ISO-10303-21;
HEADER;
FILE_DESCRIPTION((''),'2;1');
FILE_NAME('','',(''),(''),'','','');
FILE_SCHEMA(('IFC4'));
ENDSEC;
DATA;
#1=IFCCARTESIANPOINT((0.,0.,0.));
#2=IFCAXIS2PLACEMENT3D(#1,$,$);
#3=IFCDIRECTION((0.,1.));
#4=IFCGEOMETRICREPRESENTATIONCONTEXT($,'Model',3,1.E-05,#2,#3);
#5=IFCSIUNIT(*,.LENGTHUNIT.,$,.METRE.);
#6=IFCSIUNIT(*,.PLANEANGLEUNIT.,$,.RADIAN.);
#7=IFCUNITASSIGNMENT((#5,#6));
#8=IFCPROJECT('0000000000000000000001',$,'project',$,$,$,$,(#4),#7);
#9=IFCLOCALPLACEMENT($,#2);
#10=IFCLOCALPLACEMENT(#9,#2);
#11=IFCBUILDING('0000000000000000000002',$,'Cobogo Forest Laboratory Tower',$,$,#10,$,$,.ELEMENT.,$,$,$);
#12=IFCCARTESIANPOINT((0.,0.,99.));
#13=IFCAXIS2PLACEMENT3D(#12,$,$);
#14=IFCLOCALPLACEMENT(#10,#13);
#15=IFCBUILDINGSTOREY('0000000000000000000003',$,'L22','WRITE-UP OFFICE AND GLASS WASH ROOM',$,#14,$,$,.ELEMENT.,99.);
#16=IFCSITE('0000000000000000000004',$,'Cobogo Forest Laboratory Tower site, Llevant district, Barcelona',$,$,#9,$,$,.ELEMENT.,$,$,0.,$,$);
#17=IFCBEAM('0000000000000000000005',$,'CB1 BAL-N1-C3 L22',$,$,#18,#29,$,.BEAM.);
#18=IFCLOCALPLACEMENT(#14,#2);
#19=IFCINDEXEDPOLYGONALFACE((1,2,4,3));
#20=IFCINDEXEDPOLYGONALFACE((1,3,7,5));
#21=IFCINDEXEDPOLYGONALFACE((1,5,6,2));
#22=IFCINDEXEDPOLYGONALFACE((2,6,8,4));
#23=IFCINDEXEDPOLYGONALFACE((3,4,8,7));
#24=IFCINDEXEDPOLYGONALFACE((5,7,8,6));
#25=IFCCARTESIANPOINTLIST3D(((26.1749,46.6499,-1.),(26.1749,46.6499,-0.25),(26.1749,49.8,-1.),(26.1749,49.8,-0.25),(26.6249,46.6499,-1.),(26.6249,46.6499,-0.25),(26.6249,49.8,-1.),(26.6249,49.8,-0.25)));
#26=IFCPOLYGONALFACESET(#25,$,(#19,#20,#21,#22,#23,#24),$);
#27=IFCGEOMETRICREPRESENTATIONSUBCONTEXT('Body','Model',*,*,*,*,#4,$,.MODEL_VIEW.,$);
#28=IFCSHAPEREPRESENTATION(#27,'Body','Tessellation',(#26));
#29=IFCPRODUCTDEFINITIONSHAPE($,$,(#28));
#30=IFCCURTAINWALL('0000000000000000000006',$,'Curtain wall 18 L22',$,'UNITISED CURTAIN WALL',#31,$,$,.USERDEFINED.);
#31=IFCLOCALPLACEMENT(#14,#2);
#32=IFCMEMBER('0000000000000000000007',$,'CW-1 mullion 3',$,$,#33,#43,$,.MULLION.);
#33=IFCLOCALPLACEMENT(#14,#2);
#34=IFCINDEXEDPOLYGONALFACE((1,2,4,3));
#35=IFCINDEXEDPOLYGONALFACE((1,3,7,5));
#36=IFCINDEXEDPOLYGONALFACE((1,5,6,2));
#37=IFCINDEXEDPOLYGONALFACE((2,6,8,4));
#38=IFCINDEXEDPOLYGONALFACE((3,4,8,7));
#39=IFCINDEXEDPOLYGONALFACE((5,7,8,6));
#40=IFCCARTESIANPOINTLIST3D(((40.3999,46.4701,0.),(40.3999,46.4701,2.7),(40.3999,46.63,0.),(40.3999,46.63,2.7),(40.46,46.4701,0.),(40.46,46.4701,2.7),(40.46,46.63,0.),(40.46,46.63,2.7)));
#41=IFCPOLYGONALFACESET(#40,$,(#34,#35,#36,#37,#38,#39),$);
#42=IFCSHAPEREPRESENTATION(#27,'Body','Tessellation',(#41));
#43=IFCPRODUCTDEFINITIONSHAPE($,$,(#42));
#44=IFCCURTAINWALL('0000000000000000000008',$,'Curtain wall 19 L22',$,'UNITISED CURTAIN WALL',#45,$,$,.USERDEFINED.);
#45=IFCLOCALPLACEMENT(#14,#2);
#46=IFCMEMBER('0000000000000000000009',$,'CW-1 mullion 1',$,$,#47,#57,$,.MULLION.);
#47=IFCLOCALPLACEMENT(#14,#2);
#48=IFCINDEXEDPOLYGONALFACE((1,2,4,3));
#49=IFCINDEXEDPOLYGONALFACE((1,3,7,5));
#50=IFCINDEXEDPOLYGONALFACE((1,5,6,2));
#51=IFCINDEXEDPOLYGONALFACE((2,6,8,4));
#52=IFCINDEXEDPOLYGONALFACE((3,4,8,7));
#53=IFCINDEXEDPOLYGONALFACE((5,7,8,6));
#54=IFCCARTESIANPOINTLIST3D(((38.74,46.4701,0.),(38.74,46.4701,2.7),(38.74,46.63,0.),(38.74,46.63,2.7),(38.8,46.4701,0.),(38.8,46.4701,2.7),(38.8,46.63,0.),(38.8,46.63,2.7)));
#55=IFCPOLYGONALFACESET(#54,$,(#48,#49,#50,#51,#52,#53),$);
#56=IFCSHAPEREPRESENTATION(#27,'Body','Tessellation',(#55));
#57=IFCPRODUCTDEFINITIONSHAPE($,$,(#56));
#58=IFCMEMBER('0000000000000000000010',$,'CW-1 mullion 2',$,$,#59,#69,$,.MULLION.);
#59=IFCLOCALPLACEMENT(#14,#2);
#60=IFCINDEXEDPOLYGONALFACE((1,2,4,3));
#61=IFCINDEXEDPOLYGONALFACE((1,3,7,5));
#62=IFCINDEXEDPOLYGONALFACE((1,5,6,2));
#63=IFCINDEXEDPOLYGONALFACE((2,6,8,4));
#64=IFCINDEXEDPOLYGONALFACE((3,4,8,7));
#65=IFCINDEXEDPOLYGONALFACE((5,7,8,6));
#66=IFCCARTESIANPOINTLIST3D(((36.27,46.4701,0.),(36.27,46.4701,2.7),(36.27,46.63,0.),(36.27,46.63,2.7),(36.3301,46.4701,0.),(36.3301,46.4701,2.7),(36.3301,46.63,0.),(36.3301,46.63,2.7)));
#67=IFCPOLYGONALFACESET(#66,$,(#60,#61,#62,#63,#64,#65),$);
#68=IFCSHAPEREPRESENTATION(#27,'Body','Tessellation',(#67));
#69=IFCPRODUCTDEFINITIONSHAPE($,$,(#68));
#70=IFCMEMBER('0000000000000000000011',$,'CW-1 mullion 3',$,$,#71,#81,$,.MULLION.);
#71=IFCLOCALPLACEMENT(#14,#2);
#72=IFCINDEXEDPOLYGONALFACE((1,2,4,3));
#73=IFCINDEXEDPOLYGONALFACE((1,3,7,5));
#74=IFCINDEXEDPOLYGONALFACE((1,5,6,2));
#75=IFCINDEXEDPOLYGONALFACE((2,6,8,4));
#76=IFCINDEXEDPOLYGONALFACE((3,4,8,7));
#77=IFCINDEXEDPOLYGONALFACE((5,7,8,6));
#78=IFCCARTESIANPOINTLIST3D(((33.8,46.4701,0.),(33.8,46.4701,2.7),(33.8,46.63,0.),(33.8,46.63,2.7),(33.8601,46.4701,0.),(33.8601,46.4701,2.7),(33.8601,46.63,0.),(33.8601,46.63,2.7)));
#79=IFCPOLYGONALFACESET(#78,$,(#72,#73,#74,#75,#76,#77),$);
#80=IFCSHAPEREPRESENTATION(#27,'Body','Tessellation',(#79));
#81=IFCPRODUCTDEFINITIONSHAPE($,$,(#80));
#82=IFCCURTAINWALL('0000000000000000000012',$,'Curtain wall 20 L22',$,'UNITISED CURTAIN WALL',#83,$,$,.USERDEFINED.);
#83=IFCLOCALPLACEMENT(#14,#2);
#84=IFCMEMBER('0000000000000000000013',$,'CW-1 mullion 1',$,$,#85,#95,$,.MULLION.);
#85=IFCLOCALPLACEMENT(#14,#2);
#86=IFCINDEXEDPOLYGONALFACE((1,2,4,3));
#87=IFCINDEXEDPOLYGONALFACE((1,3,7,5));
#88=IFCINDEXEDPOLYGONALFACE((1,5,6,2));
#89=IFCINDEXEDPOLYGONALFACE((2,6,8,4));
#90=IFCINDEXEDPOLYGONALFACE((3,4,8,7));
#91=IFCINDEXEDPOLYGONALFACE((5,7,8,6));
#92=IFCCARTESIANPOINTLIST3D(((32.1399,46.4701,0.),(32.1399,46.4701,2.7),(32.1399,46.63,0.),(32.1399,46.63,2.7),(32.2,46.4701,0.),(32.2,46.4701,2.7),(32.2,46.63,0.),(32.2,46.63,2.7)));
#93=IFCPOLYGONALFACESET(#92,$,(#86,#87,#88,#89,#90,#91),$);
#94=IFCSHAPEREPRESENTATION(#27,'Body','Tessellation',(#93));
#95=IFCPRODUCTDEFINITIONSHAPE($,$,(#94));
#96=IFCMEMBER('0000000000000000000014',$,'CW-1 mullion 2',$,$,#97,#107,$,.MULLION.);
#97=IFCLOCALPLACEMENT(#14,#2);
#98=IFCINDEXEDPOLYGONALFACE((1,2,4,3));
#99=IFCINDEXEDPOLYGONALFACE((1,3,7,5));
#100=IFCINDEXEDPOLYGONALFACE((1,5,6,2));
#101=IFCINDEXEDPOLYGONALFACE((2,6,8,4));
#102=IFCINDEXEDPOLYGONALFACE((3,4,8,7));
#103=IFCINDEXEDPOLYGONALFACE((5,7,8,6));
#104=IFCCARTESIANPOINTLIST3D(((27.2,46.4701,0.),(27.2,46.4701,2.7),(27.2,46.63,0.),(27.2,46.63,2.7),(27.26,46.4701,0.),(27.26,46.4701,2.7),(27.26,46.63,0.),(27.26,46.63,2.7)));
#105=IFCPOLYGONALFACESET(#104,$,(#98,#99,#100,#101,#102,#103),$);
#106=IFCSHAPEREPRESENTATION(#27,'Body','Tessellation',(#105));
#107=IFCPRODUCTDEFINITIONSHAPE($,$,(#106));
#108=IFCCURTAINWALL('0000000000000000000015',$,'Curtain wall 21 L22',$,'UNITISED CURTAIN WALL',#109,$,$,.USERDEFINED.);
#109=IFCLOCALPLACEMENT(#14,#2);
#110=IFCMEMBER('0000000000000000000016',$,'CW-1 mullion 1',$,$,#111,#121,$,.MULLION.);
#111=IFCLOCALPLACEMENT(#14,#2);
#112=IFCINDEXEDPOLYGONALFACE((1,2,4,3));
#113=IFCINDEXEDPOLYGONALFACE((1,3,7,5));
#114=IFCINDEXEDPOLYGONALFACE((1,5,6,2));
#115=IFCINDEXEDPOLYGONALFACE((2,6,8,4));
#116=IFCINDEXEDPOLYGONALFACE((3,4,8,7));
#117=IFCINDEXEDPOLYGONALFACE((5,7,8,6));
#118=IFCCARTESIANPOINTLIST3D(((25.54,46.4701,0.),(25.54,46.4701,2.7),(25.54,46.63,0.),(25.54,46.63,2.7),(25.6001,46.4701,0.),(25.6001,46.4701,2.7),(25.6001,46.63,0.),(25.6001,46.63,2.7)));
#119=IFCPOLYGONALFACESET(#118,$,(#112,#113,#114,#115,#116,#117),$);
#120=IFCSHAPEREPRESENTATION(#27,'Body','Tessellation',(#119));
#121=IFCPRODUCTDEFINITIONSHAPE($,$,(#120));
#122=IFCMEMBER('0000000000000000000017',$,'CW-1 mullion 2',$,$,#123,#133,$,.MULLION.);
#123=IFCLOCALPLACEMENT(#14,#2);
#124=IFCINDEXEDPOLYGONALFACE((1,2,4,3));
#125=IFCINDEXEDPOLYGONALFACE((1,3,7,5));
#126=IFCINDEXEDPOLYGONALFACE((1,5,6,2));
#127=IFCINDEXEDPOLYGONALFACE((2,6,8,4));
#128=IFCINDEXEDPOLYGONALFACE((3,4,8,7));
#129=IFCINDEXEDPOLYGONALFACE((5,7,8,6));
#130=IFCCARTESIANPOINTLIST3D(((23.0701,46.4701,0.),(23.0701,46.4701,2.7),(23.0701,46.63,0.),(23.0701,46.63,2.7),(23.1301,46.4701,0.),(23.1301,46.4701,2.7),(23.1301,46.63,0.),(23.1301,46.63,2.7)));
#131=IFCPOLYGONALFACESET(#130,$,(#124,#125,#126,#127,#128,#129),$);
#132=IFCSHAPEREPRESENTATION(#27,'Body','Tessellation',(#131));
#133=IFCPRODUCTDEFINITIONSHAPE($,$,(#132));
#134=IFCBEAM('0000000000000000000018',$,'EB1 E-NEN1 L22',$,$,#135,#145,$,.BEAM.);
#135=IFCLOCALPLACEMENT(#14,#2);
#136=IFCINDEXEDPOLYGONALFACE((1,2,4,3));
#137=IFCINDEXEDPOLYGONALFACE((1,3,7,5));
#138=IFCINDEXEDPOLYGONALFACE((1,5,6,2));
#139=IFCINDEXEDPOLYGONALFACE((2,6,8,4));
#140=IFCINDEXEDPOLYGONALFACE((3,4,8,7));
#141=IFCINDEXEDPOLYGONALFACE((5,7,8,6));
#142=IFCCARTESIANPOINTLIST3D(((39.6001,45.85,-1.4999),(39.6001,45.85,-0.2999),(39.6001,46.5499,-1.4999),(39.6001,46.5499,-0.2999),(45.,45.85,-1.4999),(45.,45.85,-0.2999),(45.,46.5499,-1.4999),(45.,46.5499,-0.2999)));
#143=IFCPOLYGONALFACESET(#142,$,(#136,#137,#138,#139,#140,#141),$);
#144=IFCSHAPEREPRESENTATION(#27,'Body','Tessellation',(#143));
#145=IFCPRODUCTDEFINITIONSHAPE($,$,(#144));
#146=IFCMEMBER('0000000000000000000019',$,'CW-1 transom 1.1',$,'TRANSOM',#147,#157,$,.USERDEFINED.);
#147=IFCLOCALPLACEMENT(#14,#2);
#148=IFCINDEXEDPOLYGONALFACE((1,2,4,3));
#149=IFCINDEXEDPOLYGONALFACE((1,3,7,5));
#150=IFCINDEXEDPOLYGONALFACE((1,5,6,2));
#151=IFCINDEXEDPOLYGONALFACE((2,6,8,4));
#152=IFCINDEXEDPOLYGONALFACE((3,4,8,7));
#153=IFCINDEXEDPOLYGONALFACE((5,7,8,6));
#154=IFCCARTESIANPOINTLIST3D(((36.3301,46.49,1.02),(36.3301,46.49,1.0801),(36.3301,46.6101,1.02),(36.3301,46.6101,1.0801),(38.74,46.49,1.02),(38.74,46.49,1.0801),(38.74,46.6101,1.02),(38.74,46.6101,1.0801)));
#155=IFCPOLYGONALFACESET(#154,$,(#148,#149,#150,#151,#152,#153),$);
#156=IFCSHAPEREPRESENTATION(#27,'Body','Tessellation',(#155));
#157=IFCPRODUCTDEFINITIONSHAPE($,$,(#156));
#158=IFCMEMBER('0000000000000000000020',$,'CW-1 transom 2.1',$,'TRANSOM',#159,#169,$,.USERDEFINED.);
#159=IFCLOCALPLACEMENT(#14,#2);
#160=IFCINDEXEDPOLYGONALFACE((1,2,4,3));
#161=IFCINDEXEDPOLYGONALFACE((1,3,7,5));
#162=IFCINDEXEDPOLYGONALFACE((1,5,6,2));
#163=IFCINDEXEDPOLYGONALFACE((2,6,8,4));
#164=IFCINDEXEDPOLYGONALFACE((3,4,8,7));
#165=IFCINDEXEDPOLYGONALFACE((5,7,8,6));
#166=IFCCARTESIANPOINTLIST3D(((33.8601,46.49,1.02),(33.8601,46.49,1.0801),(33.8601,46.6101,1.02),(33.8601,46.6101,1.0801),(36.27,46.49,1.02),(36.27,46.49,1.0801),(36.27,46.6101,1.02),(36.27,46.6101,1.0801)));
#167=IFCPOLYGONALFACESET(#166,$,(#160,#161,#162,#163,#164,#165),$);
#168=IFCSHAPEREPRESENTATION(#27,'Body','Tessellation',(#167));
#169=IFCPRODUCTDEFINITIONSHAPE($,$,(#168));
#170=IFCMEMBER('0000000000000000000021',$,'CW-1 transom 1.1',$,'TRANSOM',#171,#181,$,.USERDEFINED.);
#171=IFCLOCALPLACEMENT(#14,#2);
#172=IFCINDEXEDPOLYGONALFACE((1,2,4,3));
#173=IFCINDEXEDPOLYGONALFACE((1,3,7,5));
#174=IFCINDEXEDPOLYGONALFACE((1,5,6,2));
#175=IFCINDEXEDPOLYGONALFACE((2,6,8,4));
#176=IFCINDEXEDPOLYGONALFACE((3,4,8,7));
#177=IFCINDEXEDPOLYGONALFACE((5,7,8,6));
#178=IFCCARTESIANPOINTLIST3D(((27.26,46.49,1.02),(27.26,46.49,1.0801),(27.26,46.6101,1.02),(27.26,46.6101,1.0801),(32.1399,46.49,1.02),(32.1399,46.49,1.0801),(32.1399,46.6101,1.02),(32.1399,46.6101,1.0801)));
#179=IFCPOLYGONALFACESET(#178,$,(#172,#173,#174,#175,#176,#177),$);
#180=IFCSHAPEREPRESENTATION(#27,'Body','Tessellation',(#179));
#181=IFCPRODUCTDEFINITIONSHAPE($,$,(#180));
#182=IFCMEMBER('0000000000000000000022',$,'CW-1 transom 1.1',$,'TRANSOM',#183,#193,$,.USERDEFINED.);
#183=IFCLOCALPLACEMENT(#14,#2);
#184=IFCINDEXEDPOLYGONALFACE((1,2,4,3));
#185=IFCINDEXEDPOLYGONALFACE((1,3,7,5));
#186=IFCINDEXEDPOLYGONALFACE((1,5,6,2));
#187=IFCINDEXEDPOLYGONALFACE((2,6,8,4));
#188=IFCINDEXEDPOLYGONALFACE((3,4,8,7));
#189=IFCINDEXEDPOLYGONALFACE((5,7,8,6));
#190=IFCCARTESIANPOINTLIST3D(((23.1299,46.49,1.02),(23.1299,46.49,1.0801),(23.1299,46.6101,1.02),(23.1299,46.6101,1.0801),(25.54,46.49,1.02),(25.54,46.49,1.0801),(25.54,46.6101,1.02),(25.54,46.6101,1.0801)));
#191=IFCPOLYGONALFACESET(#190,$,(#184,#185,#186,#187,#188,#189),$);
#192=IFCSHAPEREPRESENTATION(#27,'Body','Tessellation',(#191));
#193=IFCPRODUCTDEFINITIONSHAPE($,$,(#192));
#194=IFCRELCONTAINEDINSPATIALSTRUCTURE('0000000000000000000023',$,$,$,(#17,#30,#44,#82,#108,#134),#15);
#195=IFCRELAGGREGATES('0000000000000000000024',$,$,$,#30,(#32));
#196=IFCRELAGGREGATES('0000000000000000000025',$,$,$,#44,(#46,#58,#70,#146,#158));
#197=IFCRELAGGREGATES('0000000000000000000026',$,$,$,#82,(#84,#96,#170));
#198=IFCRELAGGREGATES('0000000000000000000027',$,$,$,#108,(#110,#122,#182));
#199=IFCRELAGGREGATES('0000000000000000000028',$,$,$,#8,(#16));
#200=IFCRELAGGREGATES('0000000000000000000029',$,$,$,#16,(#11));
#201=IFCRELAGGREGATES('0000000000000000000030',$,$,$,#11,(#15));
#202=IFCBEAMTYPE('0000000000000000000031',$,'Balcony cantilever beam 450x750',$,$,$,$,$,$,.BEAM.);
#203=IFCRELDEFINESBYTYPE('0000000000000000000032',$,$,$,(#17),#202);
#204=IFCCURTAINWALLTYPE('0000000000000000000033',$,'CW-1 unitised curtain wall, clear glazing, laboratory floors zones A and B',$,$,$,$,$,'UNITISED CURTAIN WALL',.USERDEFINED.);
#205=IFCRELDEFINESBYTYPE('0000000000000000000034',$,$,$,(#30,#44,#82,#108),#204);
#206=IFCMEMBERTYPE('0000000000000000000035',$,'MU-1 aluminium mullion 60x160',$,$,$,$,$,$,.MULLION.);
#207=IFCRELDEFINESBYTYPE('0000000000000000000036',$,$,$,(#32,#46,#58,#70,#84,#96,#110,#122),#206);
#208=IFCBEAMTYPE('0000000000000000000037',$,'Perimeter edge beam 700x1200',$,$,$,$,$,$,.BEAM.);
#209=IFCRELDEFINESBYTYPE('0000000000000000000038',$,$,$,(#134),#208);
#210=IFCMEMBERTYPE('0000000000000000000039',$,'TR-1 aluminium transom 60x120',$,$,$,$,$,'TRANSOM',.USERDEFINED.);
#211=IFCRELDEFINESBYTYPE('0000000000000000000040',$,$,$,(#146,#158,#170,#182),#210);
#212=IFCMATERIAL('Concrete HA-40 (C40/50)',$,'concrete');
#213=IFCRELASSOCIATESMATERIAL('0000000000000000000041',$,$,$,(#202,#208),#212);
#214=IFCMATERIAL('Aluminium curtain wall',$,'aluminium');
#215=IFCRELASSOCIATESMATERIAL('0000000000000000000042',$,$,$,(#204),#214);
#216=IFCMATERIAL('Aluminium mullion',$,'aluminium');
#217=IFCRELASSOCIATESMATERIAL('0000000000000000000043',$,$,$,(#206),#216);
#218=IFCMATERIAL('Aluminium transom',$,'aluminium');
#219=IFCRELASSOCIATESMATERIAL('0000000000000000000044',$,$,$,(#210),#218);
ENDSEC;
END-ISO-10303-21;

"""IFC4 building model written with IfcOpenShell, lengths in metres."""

from ifc_helpers import new_model, si_unit, direction, frame, origin, origin_2d, place, context, subcontext, project, spatial, rectangle, extrude, material, material_profile, profile_set, type_object, element, aggregate, save


model = new_model("IFC4")

# Units and contexts
model_context = context("Model", 3, precision=1e-05, world=origin(), true_north=direction((0.0, 1.0)))
body_context = subcontext(model_context, "Body", "Model", "MODEL_VIEW")
ifc_project = project(units=[si_unit("LENGTHUNIT", "METRE"), si_unit("PLANEANGLEUNIT", "RADIAN")], contexts=[model_context])

# Site, building, storey
site_placement = place(None, origin())
site = spatial("IfcSite", under=ifc_project, at=site_placement, Name="Cobogo Forest Laboratory Tower site, Llevant district, Barcelona", CompositionType="ELEMENT", RefElevation=0.0)
building_placement = place(site_placement, origin())
building = spatial("IfcBuilding", under=site, at=building_placement, Name="Cobogo Forest Laboratory Tower", CompositionType="ELEMENT")
storey_placement = place(building_placement, frame((0.0, 0.0, 99.0)))
storey = spatial("IfcBuildingStorey", under=building, at=storey_placement, Name="L22", Description="WRITE-UP OFFICE AND GLASS WASH ROOM", CompositionType="ELEMENT", Elevation=99.0)

# Beam
ifc_material_1 = material(Name="Concrete HA-40 (C40/50)", Category="concrete")
ifc_material_profile_1 = material_profile(ifc_material_1, rectangle(XDim=0.45, YDim=0.75, at=origin_2d()), Name="RC 450x750")
ifc_profile_set_1 = profile_set([ifc_material_profile_1], Name="Concrete HA-40 (C40/50)")
beam_type_1 = type_object("IfcBeamType", Name="Balcony cantilever beam 450x750", PredefinedType="BEAM", material=ifc_profile_set_1)
beam_1_placement = place(storey_placement, frame((26.3999, 46.6499, -0.625), z_axis=(0.0, 1.0, 0.0), x_axis=(-1.0, 0.0, 0.0)))
element("IfcBeam", 1, at=beam_1_placement, inside=storey, type_object=beam_type_1, Name="CB1 BAL-N1-C3 L22", PredefinedType="BEAM", context=body_context, shape_type="SweptSolid", body=[
    extrude(rectangle(XDim=0.45, YDim=0.75, at=origin_2d()), origin(), (0.0, 0.0, 1.0), 3.1501),
])

# Curtain wall, member
ifc_material_2 = material(Name="Aluminium curtain wall", Category="aluminium")
curtain_wall_type = type_object("IfcCurtainWallType", Name="CW-1 unitised curtain wall, clear glazing, laboratory floors zones A and B", ElementType="UNITISED CURTAIN WALL", PredefinedType="USERDEFINED", material=ifc_material_2)
curtain_wall_1_placement = place(storey_placement, origin())
curtain_wall_1 = element("IfcCurtainWall", 2, at=curtain_wall_1_placement, inside=storey, type_object=curtain_wall_type, Name="Curtain wall 18 L22", ObjectType="UNITISED CURTAIN WALL", PredefinedType="USERDEFINED")
ifc_material_3 = material(Name="Aluminium mullion", Category="aluminium")
ifc_material_profile_2 = material_profile(ifc_material_3, rectangle(XDim=0.0601, YDim=0.1599, at=origin_2d()), Name="AL 60x160")
ifc_profile_set_2 = profile_set([ifc_material_profile_2], Name="Aluminium mullion")
member_type_1 = type_object("IfcMemberType", Name="MU-1 aluminium mullion 60x160", PredefinedType="MULLION", material=ifc_profile_set_2)
member_1_placement = place(storey_placement, frame((40.4299, 46.55, 0.0), z_axis=(0.0, 0.0, 1.0), x_axis=(-1.0, 0.0, 0.0)))
member_1 = element("IfcMember", 3, at=member_1_placement, type_object=member_type_1, Name="CW-1 mullion 3", PredefinedType="MULLION", context=body_context, shape_type="SweptSolid", body=[
    extrude(rectangle(XDim=0.0601, YDim=0.1599, at=origin_2d()), origin(), (0.0, 0.0, 1.0), 2.7),
])

# Curtain walls, members
curtain_wall_2_placement = place(storey_placement, origin())
curtain_wall_2 = element("IfcCurtainWall", 4, at=curtain_wall_2_placement, inside=storey, type_object=curtain_wall_type, Name="Curtain wall 19 L22", ObjectType="UNITISED CURTAIN WALL", PredefinedType="USERDEFINED")
member_2_placement = place(storey_placement, frame((38.77, 46.55, 0.0), z_axis=(0.0, 0.0, 1.0), x_axis=(-1.0, 0.0, 0.0)))
member_2 = element("IfcMember", 5, at=member_2_placement, type_object=member_type_1, Name="CW-1 mullion 1", PredefinedType="MULLION", context=body_context, shape_type="SweptSolid", body=[
    extrude(rectangle(XDim=0.0601, YDim=0.1599, at=origin_2d()), origin(), (0.0, 0.0, 1.0), 2.7),
])
member_3_placement = place(storey_placement, frame((36.3, 46.55, 0.0), z_axis=(0.0, 0.0, 1.0), x_axis=(-1.0, 0.0, 0.0)))
member_3 = element("IfcMember", 6, at=member_3_placement, type_object=member_type_1, Name="CW-1 mullion 2", PredefinedType="MULLION", context=body_context, shape_type="SweptSolid", body=[
    extrude(rectangle(XDim=0.0601, YDim=0.1599, at=origin_2d()), origin(), (0.0, 0.0, 1.0), 2.7),
])
member_4_placement = place(storey_placement, frame((33.8301, 46.55, 0.0), z_axis=(0.0, 0.0, 1.0), x_axis=(-1.0, 0.0, 0.0)))
member_4 = element("IfcMember", 7, at=member_4_placement, type_object=member_type_1, Name="CW-1 mullion 3", PredefinedType="MULLION", context=body_context, shape_type="SweptSolid", body=[
    extrude(rectangle(XDim=0.0601, YDim=0.1599, at=origin_2d()), origin(), (0.0, 0.0, 1.0), 2.7),
])
curtain_wall_3_placement = place(storey_placement, origin())
curtain_wall_3 = element("IfcCurtainWall", 8, at=curtain_wall_3_placement, inside=storey, type_object=curtain_wall_type, Name="Curtain wall 20 L22", ObjectType="UNITISED CURTAIN WALL", PredefinedType="USERDEFINED")
member_5_placement = place(storey_placement, frame((32.1699, 46.55, 0.0), z_axis=(0.0, 0.0, 1.0), x_axis=(-1.0, 0.0, 0.0)))
member_5 = element("IfcMember", 9, at=member_5_placement, type_object=member_type_1, Name="CW-1 mullion 1", PredefinedType="MULLION", context=body_context, shape_type="SweptSolid", body=[
    extrude(rectangle(XDim=0.0601, YDim=0.1599, at=origin_2d()), origin(), (0.0, 0.0, 1.0), 2.7),
])
member_6_placement = place(storey_placement, frame((27.23, 46.55, 0.0), z_axis=(0.0, 0.0, 1.0), x_axis=(-1.0, 0.0, 0.0)))
member_6 = element("IfcMember", 10, at=member_6_placement, type_object=member_type_1, Name="CW-1 mullion 2", PredefinedType="MULLION", context=body_context, shape_type="SweptSolid", body=[
    extrude(rectangle(XDim=0.0601, YDim=0.1599, at=origin_2d()), origin(), (0.0, 0.0, 1.0), 2.7),
])
curtain_wall_4_placement = place(storey_placement, origin())
curtain_wall_4 = element("IfcCurtainWall", 11, at=curtain_wall_4_placement, inside=storey, type_object=curtain_wall_type, Name="Curtain wall 21 L22", ObjectType="UNITISED CURTAIN WALL", PredefinedType="USERDEFINED")
member_7_placement = place(storey_placement, frame((25.5701, 46.55, 0.0), z_axis=(0.0, 0.0, 1.0), x_axis=(-1.0, 0.0, 0.0)))
member_7 = element("IfcMember", 12, at=member_7_placement, type_object=member_type_1, Name="CW-1 mullion 1", PredefinedType="MULLION", context=body_context, shape_type="SweptSolid", body=[
    extrude(rectangle(XDim=0.0601, YDim=0.1599, at=origin_2d()), origin(), (0.0, 0.0, 1.0), 2.7),
])
member_8_placement = place(storey_placement, frame((23.1001, 46.55, 0.0), z_axis=(0.0, 0.0, 1.0), x_axis=(-1.0, 0.0, 0.0)))
member_8 = element("IfcMember", 13, at=member_8_placement, type_object=member_type_1, Name="CW-1 mullion 2", PredefinedType="MULLION", context=body_context, shape_type="SweptSolid", body=[
    extrude(rectangle(XDim=0.0601, YDim=0.1599, at=origin_2d()), origin(), (0.0, 0.0, 1.0), 2.7),
])

# Beam
ifc_material_profile_3 = material_profile(ifc_material_1, rectangle(XDim=0.7, YDim=1.2, at=origin_2d()), Name="RC 700x1200")
ifc_profile_set_3 = profile_set([ifc_material_profile_3], Name="Concrete HA-40 (C40/50)")
beam_type_2 = type_object("IfcBeamType", Name="Perimeter edge beam 700x1200", PredefinedType="BEAM", material=ifc_profile_set_3)
beam_2_placement = place(storey_placement, frame((39.6001, 46.2, -0.8999), z_axis=(1.0, 0.0, 0.0), x_axis=(0.0, 1.0, 0.0)))
element("IfcBeam", 14, at=beam_2_placement, inside=storey, type_object=beam_type_2, Name="EB1 E-NEN1 L22", PredefinedType="BEAM", context=body_context, shape_type="SweptSolid", body=[
    extrude(rectangle(XDim=0.7, YDim=1.2, at=origin_2d()), origin(), (0.0, 0.0, 1.0), 5.3999),
])

# Members
ifc_material_4 = material(Name="Aluminium transom", Category="aluminium")
ifc_material_profile_4 = material_profile(ifc_material_4, rectangle(XDim=0.1201, YDim=0.0601, at=origin_2d()), Name="AL 60x120")
ifc_profile_set_4 = profile_set([ifc_material_profile_4], Name="Aluminium transom")
member_type_2 = type_object("IfcMemberType", Name="TR-1 aluminium transom 60x120", ElementType="TRANSOM", PredefinedType="USERDEFINED", material=ifc_profile_set_4)
member_9_placement = place(storey_placement, frame((38.74, 46.55, 1.05), z_axis=(-1.0, 0.0, 0.0), x_axis=(0.0, -1.0, 0.0)))
member_9 = element("IfcMember", 15, at=member_9_placement, type_object=member_type_2, Name="CW-1 transom 1.1", ObjectType="TRANSOM", PredefinedType="USERDEFINED", context=body_context, shape_type="SweptSolid", body=[
    extrude(rectangle(XDim=0.1201, YDim=0.0601, at=origin_2d()), origin(), (0.0, 0.0, 1.0), 2.4099),
])
member_10_placement = place(storey_placement, frame((36.27, 46.55, 1.05), z_axis=(-1.0, 0.0, 0.0), x_axis=(0.0, -1.0, 0.0)))
member_10 = element("IfcMember", 16, at=member_10_placement, type_object=member_type_2, Name="CW-1 transom 2.1", ObjectType="TRANSOM", PredefinedType="USERDEFINED", context=body_context, shape_type="SweptSolid", body=[
    extrude(rectangle(XDim=0.1201, YDim=0.0601, at=origin_2d()), origin(), (0.0, 0.0, 1.0), 2.4099),
])
member_11_placement = place(storey_placement, frame((32.1399, 46.55, 1.05), z_axis=(-1.0, 0.0, 0.0), x_axis=(0.0, -1.0, 0.0)))
member_11 = element("IfcMember", 17, at=member_11_placement, type_object=member_type_2, Name="CW-1 transom 1.1", ObjectType="TRANSOM", PredefinedType="USERDEFINED", context=body_context, shape_type="SweptSolid", body=[
    extrude(rectangle(XDim=0.1201, YDim=0.0601, at=origin_2d()), origin(), (0.0, 0.0, 1.0), 4.8799),
])
member_12_placement = place(storey_placement, frame((25.54, 46.55, 1.05), z_axis=(-1.0, 0.0, 0.0), x_axis=(0.0, -1.0, 0.0)))
member_12 = element("IfcMember", 18, at=member_12_placement, type_object=member_type_2, Name="CW-1 transom 1.1", ObjectType="TRANSOM", PredefinedType="USERDEFINED", context=body_context, shape_type="SweptSolid", body=[
    extrude(rectangle(XDim=0.1201, YDim=0.0601, at=origin_2d()), origin(), (0.0, 0.0, 1.0), 2.4102),
])

aggregate(curtain_wall_1, [member_1])
aggregate(curtain_wall_2, [member_2, member_3, member_4, member_9, member_10])
aggregate(curtain_wall_3, [member_5, member_6, member_11])
aggregate(curtain_wall_4, [member_7, member_8, member_12])

save(model, "model.ifc")
